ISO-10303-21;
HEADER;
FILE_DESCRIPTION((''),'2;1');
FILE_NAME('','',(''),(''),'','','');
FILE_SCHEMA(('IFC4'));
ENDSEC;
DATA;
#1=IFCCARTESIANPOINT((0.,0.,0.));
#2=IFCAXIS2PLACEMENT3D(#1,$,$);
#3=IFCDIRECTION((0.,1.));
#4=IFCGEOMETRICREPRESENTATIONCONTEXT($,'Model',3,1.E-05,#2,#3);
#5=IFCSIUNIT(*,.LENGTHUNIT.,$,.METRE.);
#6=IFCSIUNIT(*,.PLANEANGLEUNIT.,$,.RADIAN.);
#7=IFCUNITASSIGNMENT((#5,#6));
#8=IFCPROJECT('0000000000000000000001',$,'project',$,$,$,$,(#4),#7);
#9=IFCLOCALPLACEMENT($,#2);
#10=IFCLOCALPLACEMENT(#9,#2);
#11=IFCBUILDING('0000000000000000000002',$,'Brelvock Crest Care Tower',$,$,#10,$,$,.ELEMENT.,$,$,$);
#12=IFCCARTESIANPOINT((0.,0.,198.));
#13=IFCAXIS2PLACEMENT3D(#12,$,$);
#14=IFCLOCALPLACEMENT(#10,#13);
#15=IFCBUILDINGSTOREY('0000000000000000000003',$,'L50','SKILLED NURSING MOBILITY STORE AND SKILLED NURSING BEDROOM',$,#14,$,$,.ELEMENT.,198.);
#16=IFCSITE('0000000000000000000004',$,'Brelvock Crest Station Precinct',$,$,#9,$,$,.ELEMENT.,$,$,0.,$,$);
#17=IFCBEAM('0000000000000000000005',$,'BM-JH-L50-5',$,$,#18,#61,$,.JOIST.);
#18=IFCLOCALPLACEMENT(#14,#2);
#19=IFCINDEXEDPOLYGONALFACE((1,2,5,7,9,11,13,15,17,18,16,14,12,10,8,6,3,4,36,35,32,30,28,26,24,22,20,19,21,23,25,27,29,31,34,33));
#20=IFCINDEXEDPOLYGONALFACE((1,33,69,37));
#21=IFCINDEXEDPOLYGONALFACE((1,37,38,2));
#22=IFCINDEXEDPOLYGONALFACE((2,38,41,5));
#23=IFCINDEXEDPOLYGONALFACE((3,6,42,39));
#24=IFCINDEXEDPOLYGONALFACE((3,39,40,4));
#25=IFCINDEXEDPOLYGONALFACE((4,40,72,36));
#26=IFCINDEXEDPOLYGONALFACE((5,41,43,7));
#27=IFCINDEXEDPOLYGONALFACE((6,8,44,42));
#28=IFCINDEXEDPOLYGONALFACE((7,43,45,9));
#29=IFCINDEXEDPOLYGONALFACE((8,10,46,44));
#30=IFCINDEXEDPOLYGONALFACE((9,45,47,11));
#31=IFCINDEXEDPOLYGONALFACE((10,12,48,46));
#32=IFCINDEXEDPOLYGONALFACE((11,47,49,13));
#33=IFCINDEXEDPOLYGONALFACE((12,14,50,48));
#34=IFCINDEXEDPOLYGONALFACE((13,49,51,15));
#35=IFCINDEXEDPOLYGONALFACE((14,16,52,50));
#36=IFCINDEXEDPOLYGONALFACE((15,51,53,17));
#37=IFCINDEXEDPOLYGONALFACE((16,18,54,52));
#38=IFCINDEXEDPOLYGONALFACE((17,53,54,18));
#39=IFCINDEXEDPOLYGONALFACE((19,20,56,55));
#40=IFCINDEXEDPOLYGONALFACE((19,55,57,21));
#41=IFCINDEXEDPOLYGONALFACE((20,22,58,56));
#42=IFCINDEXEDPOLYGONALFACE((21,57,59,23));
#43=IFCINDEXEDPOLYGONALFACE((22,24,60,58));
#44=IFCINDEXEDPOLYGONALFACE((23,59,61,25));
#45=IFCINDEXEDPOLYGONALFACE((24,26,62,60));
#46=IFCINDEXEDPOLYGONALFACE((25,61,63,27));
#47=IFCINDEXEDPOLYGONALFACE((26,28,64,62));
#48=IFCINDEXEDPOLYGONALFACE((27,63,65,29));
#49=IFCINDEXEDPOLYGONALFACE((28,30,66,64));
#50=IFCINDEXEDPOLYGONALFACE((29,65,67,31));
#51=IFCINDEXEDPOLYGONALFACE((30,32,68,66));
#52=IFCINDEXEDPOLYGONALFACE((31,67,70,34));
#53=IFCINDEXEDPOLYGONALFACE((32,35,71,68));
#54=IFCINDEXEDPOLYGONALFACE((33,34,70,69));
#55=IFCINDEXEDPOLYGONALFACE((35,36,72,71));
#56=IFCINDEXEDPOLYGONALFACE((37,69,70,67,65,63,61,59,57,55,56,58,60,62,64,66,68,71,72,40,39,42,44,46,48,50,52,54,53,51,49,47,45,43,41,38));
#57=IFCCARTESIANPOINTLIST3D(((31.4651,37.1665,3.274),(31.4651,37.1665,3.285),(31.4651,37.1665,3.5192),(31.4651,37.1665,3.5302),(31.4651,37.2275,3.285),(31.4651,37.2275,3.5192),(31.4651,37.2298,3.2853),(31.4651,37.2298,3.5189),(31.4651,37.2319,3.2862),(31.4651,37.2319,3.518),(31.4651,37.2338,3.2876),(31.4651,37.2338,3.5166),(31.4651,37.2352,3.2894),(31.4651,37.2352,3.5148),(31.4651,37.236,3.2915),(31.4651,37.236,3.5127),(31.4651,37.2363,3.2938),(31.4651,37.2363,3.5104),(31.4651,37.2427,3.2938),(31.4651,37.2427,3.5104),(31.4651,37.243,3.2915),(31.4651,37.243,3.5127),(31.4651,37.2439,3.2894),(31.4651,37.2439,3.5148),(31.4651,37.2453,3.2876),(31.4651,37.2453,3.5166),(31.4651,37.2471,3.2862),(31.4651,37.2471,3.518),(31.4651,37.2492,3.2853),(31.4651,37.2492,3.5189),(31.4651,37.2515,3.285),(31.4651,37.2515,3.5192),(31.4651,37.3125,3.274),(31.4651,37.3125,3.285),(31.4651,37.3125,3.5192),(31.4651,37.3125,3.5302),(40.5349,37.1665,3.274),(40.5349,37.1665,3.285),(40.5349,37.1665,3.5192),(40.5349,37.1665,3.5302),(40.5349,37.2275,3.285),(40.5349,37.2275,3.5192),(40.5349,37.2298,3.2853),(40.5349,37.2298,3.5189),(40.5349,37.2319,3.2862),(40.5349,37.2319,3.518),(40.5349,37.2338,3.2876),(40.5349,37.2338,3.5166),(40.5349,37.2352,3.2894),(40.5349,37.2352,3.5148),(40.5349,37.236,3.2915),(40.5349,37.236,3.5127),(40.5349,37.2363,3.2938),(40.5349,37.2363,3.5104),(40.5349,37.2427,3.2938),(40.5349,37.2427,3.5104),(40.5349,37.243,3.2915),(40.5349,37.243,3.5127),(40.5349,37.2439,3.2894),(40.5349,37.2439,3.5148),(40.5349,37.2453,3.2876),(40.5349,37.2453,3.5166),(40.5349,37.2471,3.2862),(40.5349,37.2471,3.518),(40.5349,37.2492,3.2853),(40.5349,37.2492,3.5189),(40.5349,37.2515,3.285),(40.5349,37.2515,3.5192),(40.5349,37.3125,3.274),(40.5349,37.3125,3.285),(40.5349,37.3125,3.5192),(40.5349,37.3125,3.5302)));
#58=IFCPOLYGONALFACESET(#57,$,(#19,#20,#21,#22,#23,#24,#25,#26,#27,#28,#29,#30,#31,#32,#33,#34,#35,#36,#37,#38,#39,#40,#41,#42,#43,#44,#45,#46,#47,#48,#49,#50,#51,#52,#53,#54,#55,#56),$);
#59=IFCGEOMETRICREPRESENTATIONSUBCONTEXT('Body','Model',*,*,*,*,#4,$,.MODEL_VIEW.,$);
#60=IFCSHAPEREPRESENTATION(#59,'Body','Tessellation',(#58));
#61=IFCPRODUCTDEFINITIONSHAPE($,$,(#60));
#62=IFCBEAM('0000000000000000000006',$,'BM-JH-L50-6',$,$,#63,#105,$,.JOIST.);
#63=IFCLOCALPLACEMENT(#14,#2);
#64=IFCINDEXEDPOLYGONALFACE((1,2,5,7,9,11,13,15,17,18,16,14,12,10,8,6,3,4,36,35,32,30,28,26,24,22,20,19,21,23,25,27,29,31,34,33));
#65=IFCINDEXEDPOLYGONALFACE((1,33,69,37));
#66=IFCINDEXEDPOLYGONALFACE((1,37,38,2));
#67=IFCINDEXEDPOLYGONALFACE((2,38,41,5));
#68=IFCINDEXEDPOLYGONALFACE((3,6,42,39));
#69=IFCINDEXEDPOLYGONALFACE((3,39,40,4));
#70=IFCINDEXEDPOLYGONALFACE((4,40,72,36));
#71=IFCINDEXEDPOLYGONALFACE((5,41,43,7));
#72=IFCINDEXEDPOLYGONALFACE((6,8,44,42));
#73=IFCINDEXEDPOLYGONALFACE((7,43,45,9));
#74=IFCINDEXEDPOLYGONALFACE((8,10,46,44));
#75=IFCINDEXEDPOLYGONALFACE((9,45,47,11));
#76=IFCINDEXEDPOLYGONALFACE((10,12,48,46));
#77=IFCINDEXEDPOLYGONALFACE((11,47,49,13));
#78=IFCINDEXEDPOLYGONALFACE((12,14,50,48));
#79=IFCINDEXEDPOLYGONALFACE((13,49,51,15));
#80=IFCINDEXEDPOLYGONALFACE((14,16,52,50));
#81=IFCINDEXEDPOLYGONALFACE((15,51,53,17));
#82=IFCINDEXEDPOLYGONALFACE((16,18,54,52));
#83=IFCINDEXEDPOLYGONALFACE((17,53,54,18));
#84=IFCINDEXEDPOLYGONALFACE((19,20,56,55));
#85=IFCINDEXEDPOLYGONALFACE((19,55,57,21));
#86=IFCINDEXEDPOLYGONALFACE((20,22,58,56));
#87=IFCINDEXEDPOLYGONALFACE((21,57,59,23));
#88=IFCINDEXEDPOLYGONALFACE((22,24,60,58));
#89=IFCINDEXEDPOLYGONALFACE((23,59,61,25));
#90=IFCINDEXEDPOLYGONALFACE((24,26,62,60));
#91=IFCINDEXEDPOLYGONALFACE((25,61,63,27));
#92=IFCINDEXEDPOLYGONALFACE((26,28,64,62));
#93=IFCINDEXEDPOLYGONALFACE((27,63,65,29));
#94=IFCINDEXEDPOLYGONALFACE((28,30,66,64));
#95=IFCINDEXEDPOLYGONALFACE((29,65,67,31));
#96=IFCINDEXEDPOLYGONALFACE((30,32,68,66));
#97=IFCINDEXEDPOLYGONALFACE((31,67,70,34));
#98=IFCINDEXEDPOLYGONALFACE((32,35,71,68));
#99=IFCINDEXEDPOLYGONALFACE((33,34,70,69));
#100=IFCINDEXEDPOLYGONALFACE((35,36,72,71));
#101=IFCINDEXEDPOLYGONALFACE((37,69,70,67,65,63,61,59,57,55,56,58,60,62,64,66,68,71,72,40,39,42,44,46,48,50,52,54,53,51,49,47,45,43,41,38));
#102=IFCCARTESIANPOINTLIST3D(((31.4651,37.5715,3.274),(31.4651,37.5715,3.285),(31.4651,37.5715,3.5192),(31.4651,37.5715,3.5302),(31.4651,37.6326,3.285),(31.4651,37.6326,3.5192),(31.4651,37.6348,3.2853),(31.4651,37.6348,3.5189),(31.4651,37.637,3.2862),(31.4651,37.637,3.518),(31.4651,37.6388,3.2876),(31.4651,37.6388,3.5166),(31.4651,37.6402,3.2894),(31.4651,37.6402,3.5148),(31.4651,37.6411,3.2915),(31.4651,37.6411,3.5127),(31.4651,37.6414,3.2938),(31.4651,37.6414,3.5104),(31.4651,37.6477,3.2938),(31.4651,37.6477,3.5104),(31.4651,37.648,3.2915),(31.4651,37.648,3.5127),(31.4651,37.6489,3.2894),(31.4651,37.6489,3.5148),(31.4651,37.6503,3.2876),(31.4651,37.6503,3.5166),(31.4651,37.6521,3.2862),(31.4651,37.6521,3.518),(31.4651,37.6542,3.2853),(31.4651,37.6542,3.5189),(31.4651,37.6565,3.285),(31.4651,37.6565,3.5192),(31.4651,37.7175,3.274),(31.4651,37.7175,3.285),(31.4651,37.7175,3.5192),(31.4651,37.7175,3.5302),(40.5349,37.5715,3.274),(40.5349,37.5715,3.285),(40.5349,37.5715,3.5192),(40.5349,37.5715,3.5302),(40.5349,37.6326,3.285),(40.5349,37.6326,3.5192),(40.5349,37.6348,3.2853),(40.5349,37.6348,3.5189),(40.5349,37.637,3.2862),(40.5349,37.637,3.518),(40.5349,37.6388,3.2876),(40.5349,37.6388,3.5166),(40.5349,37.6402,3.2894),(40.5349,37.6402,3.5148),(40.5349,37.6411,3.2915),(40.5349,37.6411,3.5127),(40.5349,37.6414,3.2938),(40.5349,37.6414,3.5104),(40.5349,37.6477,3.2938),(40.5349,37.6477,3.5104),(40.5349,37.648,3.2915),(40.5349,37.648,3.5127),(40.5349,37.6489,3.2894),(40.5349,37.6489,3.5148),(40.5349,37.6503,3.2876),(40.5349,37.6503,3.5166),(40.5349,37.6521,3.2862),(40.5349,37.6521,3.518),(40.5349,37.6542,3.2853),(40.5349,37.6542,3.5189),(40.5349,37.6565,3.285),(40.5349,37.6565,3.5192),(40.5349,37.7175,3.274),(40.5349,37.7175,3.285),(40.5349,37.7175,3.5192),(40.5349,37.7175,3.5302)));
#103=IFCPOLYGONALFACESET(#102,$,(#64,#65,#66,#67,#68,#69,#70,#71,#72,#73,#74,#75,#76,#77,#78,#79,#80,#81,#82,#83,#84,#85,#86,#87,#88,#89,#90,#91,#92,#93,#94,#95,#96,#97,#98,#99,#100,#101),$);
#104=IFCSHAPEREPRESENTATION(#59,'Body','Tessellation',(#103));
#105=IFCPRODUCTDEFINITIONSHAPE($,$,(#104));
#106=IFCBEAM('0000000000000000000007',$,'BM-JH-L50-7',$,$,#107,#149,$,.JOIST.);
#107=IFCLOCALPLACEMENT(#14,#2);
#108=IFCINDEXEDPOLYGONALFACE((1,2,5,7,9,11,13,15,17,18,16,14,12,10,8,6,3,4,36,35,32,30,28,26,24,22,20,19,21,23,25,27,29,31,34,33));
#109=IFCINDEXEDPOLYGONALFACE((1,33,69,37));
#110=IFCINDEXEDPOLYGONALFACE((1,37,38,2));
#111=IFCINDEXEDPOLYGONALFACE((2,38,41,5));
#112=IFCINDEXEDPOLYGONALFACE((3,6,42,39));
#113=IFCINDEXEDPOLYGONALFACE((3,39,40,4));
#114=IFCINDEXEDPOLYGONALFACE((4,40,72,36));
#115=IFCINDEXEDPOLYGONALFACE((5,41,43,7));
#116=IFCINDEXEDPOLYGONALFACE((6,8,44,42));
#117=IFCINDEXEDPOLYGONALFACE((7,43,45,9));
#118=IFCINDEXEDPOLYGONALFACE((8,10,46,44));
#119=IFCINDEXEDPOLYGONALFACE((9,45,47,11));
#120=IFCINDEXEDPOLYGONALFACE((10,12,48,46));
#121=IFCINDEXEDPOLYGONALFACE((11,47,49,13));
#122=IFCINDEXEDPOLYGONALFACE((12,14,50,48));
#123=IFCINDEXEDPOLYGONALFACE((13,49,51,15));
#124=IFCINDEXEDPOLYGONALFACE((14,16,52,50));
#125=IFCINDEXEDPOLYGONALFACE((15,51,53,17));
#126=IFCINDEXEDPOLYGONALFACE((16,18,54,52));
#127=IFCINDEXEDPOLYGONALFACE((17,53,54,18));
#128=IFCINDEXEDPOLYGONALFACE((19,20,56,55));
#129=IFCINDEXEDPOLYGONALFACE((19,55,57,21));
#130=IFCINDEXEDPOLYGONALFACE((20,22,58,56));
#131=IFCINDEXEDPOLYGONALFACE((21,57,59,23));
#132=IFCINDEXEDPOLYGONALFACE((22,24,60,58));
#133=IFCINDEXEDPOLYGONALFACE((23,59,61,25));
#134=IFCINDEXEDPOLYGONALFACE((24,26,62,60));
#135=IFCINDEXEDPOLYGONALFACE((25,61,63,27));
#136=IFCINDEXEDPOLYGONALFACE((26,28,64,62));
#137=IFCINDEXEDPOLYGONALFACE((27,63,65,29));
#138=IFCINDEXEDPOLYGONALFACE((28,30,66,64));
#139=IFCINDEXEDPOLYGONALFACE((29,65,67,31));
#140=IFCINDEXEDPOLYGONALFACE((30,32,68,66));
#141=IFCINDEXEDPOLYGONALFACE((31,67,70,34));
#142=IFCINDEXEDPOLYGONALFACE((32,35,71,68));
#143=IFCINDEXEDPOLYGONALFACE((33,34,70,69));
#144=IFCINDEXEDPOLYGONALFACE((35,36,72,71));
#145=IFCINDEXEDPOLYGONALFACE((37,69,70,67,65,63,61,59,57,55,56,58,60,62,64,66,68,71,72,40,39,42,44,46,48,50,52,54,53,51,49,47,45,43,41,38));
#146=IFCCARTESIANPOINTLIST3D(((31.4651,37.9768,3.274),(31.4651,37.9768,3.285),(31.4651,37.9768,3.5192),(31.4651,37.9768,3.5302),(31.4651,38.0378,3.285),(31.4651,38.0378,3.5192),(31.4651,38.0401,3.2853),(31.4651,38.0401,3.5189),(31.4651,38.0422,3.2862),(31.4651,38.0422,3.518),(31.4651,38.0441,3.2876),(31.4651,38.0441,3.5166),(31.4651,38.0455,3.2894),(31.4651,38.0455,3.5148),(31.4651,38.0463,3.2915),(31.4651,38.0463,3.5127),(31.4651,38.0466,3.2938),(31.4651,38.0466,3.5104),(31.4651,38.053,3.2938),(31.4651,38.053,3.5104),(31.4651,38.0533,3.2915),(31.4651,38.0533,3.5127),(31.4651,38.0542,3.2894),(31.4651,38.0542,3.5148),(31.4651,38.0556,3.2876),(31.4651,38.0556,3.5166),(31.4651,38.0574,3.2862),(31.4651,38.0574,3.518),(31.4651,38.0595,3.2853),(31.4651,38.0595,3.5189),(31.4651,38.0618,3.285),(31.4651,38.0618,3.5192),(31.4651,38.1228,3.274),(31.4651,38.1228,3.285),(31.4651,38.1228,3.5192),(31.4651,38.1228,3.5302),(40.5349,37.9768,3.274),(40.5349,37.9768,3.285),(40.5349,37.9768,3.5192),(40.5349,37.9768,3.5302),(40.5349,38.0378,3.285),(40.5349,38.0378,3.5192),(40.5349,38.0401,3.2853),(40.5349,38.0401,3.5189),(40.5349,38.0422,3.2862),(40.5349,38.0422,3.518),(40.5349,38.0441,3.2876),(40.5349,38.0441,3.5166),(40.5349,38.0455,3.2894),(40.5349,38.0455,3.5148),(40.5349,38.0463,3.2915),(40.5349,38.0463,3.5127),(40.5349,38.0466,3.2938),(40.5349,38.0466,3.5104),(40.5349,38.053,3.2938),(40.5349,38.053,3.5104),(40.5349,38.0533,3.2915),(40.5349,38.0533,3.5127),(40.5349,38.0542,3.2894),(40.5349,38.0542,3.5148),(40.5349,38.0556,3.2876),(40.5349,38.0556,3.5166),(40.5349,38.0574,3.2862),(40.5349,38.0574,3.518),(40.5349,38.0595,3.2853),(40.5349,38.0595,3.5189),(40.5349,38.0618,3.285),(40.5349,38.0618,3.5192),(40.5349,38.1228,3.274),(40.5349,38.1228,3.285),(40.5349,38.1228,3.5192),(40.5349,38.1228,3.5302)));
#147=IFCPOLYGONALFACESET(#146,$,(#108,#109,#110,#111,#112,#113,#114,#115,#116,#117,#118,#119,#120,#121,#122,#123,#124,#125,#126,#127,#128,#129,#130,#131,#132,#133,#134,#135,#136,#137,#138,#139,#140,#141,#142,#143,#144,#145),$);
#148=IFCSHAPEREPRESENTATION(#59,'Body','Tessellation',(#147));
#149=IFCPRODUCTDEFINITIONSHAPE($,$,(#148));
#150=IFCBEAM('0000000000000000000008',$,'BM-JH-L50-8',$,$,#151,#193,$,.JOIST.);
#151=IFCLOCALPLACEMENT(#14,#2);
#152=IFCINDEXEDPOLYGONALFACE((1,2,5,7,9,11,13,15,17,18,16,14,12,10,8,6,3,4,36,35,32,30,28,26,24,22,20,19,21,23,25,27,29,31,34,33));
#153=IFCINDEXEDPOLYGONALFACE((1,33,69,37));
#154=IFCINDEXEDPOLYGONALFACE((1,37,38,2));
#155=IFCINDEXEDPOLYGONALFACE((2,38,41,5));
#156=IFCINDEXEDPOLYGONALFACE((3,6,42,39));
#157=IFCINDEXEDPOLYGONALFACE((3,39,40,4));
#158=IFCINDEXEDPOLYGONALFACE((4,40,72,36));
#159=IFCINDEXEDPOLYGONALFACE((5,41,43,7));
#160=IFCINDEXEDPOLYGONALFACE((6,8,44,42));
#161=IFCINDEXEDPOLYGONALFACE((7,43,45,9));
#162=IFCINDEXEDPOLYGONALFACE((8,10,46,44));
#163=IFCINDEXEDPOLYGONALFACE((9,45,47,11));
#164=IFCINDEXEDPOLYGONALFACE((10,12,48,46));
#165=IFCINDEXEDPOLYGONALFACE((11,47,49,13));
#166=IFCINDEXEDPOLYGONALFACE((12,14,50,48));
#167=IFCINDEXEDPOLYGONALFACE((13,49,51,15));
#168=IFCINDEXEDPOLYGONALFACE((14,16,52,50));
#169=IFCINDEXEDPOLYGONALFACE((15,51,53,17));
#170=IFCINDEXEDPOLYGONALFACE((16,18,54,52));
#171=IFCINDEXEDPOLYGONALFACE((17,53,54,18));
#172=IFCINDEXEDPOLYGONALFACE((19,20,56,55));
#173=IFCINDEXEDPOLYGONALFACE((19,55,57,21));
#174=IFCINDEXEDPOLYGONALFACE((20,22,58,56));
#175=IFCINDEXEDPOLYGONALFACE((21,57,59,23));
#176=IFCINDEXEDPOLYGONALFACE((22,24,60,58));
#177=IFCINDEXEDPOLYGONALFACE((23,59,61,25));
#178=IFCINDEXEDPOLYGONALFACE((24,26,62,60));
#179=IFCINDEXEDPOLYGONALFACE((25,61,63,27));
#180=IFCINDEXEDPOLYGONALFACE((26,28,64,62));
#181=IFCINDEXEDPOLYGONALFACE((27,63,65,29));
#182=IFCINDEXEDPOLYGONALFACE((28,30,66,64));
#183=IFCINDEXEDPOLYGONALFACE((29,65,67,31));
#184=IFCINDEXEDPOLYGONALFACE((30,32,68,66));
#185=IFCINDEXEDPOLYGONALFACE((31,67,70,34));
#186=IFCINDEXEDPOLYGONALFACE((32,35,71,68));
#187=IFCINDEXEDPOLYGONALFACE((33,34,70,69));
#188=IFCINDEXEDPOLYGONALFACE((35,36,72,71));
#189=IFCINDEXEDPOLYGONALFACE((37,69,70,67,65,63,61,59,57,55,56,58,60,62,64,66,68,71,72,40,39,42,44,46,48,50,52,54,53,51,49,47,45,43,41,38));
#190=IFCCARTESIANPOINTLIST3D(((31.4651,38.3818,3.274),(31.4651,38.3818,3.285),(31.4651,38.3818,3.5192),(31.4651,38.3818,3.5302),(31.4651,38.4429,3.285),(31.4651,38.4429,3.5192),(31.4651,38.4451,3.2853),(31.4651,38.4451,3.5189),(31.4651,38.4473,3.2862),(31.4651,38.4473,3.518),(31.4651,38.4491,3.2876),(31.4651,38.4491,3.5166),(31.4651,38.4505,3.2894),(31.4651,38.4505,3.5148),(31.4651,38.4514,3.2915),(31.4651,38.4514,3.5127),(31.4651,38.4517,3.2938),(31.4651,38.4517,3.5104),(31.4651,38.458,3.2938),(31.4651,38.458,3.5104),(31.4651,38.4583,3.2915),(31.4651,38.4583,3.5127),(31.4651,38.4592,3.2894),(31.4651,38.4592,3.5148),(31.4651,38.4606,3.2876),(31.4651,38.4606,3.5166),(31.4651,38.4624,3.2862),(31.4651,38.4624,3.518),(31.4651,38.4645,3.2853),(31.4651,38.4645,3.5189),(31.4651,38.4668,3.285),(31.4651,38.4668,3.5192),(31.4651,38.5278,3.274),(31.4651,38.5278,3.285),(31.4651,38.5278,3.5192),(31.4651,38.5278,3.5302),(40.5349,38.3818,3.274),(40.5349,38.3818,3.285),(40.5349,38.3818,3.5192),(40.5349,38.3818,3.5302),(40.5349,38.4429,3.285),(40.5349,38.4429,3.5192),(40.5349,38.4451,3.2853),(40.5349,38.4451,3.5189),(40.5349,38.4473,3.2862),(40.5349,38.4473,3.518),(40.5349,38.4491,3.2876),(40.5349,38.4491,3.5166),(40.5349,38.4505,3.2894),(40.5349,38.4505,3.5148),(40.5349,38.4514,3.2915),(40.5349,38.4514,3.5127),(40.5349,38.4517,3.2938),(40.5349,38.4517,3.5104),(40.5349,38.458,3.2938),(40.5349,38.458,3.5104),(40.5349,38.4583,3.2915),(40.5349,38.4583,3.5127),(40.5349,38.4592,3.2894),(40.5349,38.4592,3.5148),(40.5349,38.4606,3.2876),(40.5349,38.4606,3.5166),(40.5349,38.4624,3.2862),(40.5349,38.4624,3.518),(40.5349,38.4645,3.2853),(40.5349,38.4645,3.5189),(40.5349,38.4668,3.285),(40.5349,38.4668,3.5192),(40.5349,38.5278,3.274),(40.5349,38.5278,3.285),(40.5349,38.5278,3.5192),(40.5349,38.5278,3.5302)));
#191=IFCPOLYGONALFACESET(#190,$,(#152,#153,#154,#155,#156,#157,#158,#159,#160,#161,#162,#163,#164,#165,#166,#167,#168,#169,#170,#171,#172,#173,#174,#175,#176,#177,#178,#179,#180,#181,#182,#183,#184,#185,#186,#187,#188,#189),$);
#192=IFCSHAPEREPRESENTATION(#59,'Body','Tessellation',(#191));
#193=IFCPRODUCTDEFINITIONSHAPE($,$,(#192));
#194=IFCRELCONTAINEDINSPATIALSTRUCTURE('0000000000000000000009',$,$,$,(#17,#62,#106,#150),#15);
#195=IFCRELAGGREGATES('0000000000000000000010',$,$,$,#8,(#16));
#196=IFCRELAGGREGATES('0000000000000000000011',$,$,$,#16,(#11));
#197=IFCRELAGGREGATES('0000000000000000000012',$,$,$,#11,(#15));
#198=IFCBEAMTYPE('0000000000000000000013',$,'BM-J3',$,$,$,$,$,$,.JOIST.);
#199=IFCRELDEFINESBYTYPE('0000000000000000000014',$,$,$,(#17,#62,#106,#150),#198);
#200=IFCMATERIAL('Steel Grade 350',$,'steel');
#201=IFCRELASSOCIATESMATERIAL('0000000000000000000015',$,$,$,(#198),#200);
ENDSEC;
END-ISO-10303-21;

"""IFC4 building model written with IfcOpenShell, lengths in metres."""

from ifc_helpers import new_model, si_unit, direction, frame, origin, origin_2d, place, context, subcontext, project, spatial, i_section, extrude, source, transform, mapped, material, material_profile, profile_set, type_object, element, save


model = new_model("IFC4")

# Units and contexts
model_context = context("Model", 3, precision=1e-05, world=origin(), true_north=direction((0.0, 1.0)))
body_context = subcontext(model_context, "Body", "Model", "MODEL_VIEW")
ifc_project = project(units=[si_unit("LENGTHUNIT", "METRE"), si_unit("PLANEANGLEUNIT", "RADIAN")], contexts=[model_context])

# Site, building, storey
site_placement = place(None, origin())
site = spatial("IfcSite", under=ifc_project, at=site_placement, Name="Brelvock Crest Station Precinct", CompositionType="ELEMENT", RefElevation=0.0)
building_placement = place(site_placement, origin())
building = spatial("IfcBuilding", under=site, at=building_placement, Name="Brelvock Crest Care Tower", CompositionType="ELEMENT")
storey_placement = place(building_placement, frame((0.0, 0.0, 198.0)))
storey = spatial("IfcBuildingStorey", under=building, at=storey_placement, Name="L50", Description="SKILLED NURSING MOBILITY STORE AND SKILLED NURSING BEDROOM", CompositionType="ELEMENT", Elevation=198.0)

# Beams
ifc_material_1 = material(Name="Steel Grade 350", Category="steel")
ifc_material_profile_1 = material_profile(ifc_material_1, i_section(OverallWidth=0.146, OverallDepth=0.2561, WebThickness=0.0063, FlangeThickness=0.011, FilletRadius=0.0088, at=origin_2d()), Name="250UB37.3")
ifc_profile_set_1 = profile_set([ifc_material_profile_1], Name="Steel Grade 350")
beam_type_1 = type_object("IfcBeamType", Name="BM-J3", PredefinedType="JOIST", material=ifc_profile_set_1)
shared_shape_1 = source(origin(), body_context, "Body", "SweptSolid", [
    extrude(i_section(OverallWidth=0.146, OverallDepth=0.2561, WebThickness=0.0063, FlangeThickness=0.011, FilletRadius=0.0088, at=origin_2d()), origin(), (0.0, 0.0, 1.0), 9.0698),
])
for number, where, z_axis, x_axis, name in (
    (1, (31.4651, 37.2395, 3.4021), (1.0, 0.0, 0.0), (0.0, 1.0, 0.0), "BM-JH-L50-5"),
    (2, (31.4651, 37.6445, 3.4021), (1.0, 0.0, 0.0), (0.0, 1.0, 0.0), "BM-JH-L50-6"),
    (3, (31.4651, 38.0498, 3.4021), (1.0, 0.0, 0.0), (0.0, 1.0, 0.0), "BM-JH-L50-7"),
    (4, (31.4651, 38.4548, 3.4021), (1.0, 0.0, 0.0), (0.0, 1.0, 0.0), "BM-JH-L50-8"),
):
    element("IfcBeam", number, at=place(storey_placement, frame(where, z_axis=z_axis, x_axis=x_axis)), inside=storey, type_object=beam_type_1, Name=name, PredefinedType="JOIST", context=body_context, shape_type="MappedRepresentation", body=[
        mapped(shared_shape_1, transform((0.0, 0.0, 0.0), x_axis=(1.0, 0.0, 0.0), y_axis=(0.0, 1.0, 0.0), z_axis=(0.0, 0.0, 1.0), scale=1.0)),
    ])

save(model, "model.ifc")
